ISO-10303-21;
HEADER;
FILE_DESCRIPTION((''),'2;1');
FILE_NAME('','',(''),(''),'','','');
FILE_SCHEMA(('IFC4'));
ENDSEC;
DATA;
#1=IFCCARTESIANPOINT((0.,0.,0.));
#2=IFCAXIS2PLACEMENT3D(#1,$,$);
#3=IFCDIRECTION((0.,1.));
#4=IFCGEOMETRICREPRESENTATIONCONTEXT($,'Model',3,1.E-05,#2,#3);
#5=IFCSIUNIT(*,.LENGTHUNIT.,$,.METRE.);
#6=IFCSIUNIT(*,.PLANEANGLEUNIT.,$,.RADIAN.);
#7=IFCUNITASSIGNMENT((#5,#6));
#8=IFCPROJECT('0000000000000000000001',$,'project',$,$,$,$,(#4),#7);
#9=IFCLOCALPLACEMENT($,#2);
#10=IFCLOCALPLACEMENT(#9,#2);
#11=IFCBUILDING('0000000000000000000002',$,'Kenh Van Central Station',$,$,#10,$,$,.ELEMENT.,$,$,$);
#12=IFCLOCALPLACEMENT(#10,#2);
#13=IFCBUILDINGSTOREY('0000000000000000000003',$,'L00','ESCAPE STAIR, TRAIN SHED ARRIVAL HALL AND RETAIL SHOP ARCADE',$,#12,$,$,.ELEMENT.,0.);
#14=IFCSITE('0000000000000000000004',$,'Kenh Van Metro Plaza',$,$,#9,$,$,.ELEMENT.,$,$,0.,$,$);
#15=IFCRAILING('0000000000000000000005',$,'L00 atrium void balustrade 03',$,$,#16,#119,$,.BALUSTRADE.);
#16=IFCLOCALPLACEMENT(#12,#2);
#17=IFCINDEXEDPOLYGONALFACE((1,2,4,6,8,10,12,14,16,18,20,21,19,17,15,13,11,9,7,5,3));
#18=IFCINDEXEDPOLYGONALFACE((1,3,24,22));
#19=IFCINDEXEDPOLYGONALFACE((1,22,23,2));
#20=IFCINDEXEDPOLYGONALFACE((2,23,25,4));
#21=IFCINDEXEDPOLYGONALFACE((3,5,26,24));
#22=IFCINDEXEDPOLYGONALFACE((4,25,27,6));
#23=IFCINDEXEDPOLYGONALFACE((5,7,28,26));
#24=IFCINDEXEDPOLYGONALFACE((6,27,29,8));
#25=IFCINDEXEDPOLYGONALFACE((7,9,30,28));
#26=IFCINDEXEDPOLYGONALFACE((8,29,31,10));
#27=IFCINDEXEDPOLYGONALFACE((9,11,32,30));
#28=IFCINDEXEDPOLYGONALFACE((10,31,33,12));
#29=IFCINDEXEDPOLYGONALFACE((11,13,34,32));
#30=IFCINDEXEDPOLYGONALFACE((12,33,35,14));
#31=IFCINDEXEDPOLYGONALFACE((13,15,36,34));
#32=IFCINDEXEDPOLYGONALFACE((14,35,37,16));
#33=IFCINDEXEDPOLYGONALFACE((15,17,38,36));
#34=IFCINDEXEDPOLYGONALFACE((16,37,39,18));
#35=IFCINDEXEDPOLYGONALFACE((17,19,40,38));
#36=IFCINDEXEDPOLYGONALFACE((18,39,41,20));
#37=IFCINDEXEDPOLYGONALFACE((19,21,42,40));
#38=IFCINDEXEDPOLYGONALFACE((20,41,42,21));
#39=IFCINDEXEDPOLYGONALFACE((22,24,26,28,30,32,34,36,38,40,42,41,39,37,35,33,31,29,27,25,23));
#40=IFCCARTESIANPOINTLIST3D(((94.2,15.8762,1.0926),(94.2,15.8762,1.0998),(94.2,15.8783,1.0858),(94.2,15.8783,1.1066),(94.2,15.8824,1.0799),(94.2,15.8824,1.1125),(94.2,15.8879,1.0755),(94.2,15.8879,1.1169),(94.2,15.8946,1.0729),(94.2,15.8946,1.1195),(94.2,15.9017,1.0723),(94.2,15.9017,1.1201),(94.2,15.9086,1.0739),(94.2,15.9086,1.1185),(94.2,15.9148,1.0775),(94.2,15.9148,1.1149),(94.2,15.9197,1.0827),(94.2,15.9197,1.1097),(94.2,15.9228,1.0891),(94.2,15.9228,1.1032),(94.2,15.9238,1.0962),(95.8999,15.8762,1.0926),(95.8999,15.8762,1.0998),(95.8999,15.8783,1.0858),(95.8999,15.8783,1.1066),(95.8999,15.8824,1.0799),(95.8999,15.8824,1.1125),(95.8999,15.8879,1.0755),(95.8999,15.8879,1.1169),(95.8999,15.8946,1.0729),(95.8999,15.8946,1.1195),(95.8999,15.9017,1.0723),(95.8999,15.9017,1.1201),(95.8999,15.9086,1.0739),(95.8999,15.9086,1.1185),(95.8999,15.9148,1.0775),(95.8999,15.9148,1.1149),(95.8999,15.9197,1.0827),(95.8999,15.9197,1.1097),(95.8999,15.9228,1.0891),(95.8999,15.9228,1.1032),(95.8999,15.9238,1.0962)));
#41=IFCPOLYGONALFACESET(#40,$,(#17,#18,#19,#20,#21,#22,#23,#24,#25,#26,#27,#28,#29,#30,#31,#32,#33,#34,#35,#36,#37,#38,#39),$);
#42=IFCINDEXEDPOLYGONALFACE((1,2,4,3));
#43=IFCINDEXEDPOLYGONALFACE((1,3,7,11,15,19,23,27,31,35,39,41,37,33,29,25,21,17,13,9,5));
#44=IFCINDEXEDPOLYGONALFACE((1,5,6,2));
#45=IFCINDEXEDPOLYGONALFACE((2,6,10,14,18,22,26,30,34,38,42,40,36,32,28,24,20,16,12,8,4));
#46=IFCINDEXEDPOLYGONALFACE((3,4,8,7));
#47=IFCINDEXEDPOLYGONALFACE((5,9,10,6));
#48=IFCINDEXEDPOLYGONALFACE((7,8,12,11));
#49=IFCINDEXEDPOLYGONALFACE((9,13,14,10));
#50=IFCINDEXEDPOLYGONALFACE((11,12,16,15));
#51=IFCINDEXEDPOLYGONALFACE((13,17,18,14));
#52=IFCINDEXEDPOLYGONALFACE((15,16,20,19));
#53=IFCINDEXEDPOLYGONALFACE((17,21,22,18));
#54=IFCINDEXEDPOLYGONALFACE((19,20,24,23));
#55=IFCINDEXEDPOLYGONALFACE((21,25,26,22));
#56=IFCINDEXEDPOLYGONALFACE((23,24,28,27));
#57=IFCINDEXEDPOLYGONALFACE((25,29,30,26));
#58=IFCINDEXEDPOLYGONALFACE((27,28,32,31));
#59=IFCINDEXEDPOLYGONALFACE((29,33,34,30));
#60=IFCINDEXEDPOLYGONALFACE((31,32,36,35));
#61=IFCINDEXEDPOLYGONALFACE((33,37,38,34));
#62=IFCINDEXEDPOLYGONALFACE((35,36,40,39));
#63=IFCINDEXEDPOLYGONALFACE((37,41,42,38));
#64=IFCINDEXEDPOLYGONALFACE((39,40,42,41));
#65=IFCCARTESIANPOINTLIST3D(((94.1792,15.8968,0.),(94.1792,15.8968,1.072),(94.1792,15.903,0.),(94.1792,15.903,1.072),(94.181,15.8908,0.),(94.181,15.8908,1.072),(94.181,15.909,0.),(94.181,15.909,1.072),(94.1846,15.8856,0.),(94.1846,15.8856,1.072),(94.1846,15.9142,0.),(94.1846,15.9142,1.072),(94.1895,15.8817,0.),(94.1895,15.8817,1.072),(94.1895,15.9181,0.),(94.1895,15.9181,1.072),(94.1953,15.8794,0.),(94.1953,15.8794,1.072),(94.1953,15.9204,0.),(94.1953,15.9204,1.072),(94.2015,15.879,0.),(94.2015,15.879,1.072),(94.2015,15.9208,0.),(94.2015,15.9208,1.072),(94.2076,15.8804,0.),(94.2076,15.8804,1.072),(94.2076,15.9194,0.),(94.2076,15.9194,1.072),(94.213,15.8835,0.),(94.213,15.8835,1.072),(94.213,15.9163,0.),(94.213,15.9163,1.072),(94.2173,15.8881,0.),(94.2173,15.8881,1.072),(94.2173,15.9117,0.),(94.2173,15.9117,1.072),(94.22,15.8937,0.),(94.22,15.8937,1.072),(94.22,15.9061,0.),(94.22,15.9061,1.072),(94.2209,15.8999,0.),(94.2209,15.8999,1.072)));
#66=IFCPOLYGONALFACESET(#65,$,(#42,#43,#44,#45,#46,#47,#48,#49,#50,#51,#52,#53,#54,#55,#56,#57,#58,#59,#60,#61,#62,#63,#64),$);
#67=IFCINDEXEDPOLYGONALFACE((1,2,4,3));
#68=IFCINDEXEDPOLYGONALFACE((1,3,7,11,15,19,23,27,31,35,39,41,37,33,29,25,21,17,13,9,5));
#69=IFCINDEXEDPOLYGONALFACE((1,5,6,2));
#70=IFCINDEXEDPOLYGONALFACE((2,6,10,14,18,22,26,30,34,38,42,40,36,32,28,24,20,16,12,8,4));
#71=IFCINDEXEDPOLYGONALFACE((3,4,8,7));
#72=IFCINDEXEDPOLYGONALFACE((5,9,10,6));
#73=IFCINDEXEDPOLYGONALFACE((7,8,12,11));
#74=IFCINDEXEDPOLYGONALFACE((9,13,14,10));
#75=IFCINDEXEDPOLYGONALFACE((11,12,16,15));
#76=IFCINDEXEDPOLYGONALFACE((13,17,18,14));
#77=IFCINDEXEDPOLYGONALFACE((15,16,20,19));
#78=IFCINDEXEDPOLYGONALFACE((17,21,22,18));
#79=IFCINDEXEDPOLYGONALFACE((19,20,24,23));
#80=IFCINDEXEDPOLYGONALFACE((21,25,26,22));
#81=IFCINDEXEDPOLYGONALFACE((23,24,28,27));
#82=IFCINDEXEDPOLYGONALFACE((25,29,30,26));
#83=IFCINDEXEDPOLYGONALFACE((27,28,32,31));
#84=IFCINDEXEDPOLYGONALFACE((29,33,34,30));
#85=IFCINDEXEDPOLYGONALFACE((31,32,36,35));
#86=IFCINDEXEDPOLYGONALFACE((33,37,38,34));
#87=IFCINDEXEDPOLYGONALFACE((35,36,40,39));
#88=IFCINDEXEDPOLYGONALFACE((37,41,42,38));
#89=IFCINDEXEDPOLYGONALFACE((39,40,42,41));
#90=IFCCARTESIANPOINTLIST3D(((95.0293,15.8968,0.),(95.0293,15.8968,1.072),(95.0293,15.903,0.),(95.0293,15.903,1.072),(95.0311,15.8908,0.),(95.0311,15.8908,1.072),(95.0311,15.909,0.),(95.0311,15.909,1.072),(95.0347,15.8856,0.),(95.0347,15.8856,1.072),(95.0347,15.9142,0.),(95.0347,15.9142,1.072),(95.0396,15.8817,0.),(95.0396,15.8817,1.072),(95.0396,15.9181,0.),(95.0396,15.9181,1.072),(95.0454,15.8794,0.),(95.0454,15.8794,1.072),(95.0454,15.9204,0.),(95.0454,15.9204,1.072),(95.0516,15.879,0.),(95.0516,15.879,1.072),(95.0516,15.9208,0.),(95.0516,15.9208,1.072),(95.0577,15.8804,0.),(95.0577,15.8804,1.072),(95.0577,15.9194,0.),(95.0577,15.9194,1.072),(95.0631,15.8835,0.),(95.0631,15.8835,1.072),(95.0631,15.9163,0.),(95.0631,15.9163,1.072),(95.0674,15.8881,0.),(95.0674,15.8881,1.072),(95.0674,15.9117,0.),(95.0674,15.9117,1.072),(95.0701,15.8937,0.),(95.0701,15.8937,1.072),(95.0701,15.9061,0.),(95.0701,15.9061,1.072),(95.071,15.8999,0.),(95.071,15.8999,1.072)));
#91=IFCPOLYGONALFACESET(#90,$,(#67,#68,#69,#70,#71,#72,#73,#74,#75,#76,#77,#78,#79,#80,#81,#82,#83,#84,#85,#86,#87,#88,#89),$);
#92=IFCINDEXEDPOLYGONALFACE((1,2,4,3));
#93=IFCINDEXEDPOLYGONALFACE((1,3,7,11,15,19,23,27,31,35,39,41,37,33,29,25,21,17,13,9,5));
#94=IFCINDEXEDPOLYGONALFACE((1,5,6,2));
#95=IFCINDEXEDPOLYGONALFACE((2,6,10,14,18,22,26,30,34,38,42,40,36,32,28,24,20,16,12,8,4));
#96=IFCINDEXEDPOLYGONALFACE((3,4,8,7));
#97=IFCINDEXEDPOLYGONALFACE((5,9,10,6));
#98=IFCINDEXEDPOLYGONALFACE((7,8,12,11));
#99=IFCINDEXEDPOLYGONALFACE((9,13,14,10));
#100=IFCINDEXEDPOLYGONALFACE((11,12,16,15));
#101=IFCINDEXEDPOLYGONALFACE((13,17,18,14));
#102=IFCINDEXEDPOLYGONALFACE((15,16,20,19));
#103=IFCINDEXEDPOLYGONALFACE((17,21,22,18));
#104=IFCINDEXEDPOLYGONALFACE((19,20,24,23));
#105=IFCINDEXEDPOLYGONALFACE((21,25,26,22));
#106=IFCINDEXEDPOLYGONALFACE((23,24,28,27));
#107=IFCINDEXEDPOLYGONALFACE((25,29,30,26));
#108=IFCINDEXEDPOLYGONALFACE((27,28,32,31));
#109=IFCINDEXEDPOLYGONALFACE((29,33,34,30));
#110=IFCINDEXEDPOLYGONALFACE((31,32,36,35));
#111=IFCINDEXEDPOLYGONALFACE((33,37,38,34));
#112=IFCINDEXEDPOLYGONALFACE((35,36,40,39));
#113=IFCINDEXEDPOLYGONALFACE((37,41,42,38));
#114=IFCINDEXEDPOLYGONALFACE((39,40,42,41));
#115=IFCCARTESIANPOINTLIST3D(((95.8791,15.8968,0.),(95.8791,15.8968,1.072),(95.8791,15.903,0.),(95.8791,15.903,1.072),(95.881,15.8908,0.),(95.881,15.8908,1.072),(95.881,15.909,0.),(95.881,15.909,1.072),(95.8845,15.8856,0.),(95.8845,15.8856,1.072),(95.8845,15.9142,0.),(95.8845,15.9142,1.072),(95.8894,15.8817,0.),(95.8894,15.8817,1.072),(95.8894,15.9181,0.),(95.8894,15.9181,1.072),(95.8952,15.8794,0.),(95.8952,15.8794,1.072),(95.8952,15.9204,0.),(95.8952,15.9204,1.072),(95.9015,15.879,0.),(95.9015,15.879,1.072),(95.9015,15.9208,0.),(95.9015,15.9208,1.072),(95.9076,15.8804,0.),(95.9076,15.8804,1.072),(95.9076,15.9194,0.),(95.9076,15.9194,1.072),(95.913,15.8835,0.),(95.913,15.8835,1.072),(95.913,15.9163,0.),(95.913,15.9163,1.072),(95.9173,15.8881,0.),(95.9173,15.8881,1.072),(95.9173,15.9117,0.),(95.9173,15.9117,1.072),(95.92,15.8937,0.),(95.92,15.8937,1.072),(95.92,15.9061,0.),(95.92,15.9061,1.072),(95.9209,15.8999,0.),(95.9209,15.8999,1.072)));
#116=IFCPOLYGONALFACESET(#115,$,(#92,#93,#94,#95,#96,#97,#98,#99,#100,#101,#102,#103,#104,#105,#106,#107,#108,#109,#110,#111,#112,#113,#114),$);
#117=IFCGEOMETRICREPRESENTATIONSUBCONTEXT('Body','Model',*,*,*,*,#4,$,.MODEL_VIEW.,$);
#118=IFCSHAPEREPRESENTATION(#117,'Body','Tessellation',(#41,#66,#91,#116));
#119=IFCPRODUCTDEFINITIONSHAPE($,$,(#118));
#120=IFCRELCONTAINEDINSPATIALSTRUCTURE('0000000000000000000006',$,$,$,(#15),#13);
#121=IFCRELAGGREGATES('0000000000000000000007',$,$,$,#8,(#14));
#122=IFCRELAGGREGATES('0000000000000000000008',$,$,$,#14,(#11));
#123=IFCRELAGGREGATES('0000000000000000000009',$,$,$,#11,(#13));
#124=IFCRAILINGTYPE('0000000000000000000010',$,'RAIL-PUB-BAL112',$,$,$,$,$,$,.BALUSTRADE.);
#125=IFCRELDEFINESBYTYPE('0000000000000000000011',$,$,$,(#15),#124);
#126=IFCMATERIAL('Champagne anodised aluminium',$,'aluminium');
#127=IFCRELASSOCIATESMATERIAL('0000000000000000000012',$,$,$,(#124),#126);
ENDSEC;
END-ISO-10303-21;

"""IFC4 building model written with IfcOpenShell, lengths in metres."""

from ifc_helpers import new_model, si_unit, direction, frame, origin, origin_2d, place, context, subcontext, project, spatial, circle, extrude, material, type_object, element, save


model = new_model("IFC4")

# Units and contexts
model_context = context("Model", 3, precision=1e-05, world=origin(), true_north=direction((0.0, 1.0)))
body_context = subcontext(model_context, "Body", "Model", "MODEL_VIEW")
ifc_project = project(units=[si_unit("LENGTHUNIT", "METRE"), si_unit("PLANEANGLEUNIT", "RADIAN")], contexts=[model_context])

# Site, building, storey
site_placement = place(None, origin())
site = spatial("IfcSite", under=ifc_project, at=site_placement, Name="Kenh Van Metro Plaza", CompositionType="ELEMENT", RefElevation=0.0)
building_placement = place(site_placement, origin())
building = spatial("IfcBuilding", under=site, at=building_placement, Name="Kenh Van Central Station", CompositionType="ELEMENT")
storey_placement = place(building_placement, origin())
storey = spatial("IfcBuildingStorey", under=building, at=storey_placement, Name="L00", Description="ESCAPE STAIR, TRAIN SHED ARRIVAL HALL AND RETAIL SHOP ARCADE", CompositionType="ELEMENT", Elevation=0.0)

# Shared definitions
ifc_material_1 = material(Name="Champagne anodised aluminium", Category="aluminium")

# Railing
railing_type = type_object("IfcRailingType", Name="RAIL-PUB-BAL112", PredefinedType="BALUSTRADE", material=ifc_material_1)
railing_1_placement = place(storey_placement, frame((94.2, 15.8999, 0.0)))
element("IfcRailing", 1, at=railing_1_placement, inside=storey, type_object=railing_type, Name="L00 atrium void balustrade 03", PredefinedType="BALUSTRADE", context=body_context, shape_type="SweptSolid", body=[
    extrude(circle(Radius=0.0239, at=origin_2d()), frame((0.0, 0.0, 1.0962), z_axis=(1.0, 0.0, 0.0), x_axis=(0.0, 1.0, 0.0)), (0.0, 0.0, 1.0), 1.7),
    extrude(circle(Radius=0.021, at=origin_2d()), origin(), (0.0, 0.0, 1.0), 1.072),
    extrude(circle(Radius=0.021, at=origin_2d()), frame((0.8501, 0.0, 0.0)), (0.0, 0.0, 1.0), 1.072),
    extrude(circle(Radius=0.021, at=origin_2d()), frame((1.7, 0.0, 0.0)), (0.0, 0.0, 1.0), 1.072),
])

save(model, "model.ifc")
